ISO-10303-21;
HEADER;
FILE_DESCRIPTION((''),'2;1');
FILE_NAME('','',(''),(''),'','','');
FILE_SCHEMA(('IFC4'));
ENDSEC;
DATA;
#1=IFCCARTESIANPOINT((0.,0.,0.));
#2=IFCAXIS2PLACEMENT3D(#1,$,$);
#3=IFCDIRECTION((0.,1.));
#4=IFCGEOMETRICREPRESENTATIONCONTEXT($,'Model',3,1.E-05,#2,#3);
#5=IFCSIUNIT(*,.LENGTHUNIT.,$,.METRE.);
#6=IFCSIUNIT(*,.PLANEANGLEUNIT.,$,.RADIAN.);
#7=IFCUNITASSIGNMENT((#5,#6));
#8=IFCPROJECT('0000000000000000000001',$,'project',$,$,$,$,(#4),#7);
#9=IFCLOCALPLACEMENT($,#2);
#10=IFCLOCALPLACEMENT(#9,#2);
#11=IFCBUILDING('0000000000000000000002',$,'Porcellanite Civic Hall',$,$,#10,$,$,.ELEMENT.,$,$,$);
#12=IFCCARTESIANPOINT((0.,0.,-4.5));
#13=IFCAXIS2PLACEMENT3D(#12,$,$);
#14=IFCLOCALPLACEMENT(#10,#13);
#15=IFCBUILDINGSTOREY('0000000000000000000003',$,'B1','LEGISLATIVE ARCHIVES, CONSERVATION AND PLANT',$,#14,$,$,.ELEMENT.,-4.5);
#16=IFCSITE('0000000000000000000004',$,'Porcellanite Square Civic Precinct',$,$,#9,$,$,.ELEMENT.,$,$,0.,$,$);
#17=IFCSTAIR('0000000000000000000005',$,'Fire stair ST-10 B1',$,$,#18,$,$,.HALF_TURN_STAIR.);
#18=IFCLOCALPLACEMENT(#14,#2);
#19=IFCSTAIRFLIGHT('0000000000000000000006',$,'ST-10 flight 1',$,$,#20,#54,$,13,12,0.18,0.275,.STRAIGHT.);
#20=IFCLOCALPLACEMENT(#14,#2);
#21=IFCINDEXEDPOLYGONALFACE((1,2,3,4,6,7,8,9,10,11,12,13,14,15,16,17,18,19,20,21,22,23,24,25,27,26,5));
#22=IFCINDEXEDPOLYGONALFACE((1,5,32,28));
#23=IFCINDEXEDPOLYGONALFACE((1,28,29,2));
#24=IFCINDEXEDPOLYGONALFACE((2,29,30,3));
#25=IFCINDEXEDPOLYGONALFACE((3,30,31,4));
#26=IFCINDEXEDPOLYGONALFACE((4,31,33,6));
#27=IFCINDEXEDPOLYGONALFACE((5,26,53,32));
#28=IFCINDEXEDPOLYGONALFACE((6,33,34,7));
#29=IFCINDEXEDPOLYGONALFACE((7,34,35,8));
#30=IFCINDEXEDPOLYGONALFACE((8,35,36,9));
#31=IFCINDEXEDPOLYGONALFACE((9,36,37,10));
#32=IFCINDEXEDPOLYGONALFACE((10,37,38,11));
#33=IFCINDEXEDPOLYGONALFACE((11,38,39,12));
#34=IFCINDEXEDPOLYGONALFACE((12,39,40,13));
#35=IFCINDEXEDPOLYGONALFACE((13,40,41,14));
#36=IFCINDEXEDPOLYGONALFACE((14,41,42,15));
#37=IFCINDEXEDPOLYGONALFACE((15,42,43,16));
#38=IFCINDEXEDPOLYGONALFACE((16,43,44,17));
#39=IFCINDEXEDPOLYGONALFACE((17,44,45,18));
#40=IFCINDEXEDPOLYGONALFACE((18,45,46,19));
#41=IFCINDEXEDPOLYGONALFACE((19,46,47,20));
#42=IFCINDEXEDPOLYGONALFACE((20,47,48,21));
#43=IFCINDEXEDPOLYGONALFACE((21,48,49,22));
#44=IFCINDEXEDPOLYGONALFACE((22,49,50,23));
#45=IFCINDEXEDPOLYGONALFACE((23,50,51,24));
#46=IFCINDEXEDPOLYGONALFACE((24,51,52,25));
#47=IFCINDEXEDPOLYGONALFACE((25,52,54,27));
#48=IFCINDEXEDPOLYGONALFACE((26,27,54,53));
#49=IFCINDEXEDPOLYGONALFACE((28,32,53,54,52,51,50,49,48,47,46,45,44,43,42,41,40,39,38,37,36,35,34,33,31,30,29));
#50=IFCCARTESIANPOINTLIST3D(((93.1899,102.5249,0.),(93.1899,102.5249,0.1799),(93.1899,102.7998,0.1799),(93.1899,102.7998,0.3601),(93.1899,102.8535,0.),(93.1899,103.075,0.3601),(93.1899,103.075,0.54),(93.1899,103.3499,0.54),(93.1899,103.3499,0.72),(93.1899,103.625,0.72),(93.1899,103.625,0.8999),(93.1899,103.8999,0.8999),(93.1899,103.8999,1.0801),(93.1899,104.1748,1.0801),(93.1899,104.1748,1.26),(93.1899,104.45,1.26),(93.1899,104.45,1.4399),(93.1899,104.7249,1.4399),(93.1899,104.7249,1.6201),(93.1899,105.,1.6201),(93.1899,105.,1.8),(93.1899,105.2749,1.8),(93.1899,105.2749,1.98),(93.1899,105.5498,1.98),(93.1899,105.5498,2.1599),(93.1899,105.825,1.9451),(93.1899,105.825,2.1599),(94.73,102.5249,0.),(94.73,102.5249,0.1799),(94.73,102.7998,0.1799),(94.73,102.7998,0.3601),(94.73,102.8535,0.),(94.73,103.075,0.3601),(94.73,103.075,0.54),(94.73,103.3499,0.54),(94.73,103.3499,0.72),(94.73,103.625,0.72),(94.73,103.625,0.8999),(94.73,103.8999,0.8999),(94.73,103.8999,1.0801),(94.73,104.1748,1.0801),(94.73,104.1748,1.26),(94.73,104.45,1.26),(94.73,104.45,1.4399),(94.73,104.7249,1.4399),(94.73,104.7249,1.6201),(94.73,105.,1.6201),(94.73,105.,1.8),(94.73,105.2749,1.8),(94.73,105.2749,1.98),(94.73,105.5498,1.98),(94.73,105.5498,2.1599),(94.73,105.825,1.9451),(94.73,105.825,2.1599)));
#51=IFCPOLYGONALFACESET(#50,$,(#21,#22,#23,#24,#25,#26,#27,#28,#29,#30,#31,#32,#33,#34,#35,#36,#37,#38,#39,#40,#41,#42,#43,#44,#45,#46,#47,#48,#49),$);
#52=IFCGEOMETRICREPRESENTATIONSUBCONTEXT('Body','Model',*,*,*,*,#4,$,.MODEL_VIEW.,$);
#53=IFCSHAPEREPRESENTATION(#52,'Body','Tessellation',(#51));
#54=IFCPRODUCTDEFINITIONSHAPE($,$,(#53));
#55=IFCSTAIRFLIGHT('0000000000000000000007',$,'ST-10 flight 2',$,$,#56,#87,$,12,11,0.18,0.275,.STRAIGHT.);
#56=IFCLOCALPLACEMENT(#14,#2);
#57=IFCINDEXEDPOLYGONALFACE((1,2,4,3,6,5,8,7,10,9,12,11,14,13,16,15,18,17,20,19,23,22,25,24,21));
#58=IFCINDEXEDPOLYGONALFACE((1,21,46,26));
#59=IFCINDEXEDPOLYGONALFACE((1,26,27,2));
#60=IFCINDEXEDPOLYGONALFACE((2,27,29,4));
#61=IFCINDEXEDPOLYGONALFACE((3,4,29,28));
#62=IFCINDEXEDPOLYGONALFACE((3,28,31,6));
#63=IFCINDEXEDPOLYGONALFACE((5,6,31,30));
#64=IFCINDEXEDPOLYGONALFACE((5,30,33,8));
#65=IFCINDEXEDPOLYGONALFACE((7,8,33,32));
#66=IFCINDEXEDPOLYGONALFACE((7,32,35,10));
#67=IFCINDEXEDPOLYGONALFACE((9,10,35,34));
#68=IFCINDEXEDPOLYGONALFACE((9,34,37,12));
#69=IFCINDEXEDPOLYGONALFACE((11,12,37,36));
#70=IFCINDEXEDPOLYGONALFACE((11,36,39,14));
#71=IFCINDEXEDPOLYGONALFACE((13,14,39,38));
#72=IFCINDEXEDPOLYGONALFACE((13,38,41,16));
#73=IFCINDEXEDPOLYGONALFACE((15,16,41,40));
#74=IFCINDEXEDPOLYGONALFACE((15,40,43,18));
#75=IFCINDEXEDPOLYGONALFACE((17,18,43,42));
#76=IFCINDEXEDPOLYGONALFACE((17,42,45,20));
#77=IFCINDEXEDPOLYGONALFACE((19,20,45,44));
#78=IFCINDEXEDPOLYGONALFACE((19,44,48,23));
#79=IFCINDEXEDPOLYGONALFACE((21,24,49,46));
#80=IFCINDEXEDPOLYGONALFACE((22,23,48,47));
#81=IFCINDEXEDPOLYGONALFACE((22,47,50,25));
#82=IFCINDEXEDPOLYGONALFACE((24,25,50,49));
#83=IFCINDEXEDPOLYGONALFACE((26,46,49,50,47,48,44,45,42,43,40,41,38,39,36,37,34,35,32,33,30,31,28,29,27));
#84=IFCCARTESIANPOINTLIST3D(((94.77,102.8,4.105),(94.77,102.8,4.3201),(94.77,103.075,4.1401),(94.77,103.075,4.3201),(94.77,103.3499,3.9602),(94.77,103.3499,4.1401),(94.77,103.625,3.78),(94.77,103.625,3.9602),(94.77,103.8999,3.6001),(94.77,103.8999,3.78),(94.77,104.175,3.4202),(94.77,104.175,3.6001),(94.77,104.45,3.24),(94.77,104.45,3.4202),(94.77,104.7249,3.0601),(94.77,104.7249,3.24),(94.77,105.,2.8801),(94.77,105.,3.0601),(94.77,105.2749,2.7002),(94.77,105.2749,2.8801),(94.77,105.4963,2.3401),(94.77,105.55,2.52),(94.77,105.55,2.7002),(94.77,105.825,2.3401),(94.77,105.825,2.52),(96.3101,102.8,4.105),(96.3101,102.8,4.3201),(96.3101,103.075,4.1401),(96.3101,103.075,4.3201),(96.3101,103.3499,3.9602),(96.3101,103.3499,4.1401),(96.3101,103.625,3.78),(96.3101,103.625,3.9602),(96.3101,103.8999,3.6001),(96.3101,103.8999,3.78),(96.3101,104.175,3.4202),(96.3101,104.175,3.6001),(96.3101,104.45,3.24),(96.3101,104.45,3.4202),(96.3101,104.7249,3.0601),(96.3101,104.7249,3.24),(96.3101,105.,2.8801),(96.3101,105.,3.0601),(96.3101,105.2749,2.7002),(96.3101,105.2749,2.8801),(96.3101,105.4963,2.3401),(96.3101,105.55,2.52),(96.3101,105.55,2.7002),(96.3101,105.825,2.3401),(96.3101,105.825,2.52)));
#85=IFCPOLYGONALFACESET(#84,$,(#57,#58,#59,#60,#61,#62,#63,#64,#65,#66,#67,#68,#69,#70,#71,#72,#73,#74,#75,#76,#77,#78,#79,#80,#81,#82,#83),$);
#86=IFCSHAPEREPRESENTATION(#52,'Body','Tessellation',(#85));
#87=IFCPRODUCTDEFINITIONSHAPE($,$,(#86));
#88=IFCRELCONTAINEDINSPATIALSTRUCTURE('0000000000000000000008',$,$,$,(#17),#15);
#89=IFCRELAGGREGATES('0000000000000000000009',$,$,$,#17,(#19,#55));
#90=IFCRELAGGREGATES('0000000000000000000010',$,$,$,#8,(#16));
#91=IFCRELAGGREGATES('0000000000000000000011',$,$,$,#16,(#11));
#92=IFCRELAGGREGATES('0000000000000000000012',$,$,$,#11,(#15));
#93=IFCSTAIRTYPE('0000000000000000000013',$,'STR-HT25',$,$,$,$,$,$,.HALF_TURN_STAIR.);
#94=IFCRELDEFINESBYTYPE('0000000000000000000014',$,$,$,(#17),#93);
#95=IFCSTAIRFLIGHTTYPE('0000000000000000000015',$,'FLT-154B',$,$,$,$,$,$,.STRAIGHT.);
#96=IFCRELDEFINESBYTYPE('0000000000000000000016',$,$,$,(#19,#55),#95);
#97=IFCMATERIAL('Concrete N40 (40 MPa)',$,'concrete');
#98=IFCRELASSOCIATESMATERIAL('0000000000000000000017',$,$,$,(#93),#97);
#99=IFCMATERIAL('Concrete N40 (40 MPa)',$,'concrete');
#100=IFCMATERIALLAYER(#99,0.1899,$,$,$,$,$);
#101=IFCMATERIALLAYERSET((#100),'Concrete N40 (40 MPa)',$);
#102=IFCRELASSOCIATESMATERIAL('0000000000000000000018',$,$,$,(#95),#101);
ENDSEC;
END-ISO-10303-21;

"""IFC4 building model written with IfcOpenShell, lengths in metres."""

from ifc_helpers import new_model, si_unit, direction, frame, origin, place, context, subcontext, project, spatial, polyline, outline, extrude, material, layer, layer_set, type_object, element, aggregate, save


model = new_model("IFC4")

# Units and contexts
model_context = context("Model", 3, precision=1e-05, world=origin(), true_north=direction((0.0, 1.0)))
body_context = subcontext(model_context, "Body", "Model", "MODEL_VIEW")
ifc_project = project(units=[si_unit("LENGTHUNIT", "METRE"), si_unit("PLANEANGLEUNIT", "RADIAN")], contexts=[model_context])

# Site, building, storey
site_placement = place(None, origin())
site = spatial("IfcSite", under=ifc_project, at=site_placement, Name="Porcellanite Square Civic Precinct", CompositionType="ELEMENT", RefElevation=0.0)
building_placement = place(site_placement, origin())
building = spatial("IfcBuilding", under=site, at=building_placement, Name="Porcellanite Civic Hall", CompositionType="ELEMENT")
storey_placement = place(building_placement, frame((0.0, 0.0, -4.5)))
storey = spatial("IfcBuildingStorey", under=building, at=storey_placement, Name="B1", Description="LEGISLATIVE ARCHIVES, CONSERVATION AND PLANT", CompositionType="ELEMENT", Elevation=-4.5)

# Stair, stair flights
ifc_material_1 = material(Name="Concrete N40 (40 MPa)", Category="concrete")
stair_type = type_object("IfcStairType", Name="STR-HT25", PredefinedType="HALF_TURN_STAIR", material=ifc_material_1)
stair_placement = place(storey_placement, origin())
stair = element("IfcStair", 1, at=stair_placement, inside=storey, type_object=stair_type, Name="Fire stair ST-10 B1", PredefinedType="HALF_TURN_STAIR")
ifc_material_2 = material(Name="Concrete N40 (40 MPa)", Category="concrete")
ifc_layer_1 = layer(ifc_material_2, 0.1899)
ifc_layer_set_1 = layer_set([ifc_layer_1], Name="Concrete N40 (40 MPa)")
stair_flight_type = type_object("IfcStairFlightType", Name="FLT-154B", PredefinedType="STRAIGHT", material=ifc_layer_set_1)
stair_flight_1_placement = place(storey_placement, frame((93.96, 102.5249, 0.0), z_axis=(0.0, 0.0, 1.0), x_axis=(0.0, 1.0, 0.0)))
stair_flight_1 = element("IfcStairFlight", 2, at=stair_flight_1_placement, type_object=stair_flight_type, Name="ST-10 flight 1", NumberOfRisers=13, NumberOfTreads=12, PredefinedType="STRAIGHT", RiserHeight=0.18, TreadLength=0.275, context=body_context, shape_type="SweptSolid", body=[
    extrude(outline(polyline([(0.0, 0.0), (0.0, 0.1799), (0.2749, 0.1799), (0.2749, 0.3601), (0.55, 0.3601), (0.55, 0.54), (0.825, 0.54), (0.825, 0.72), (1.1001, 0.72), (1.1001, 0.8999), (1.375, 0.8999), (1.375, 1.0801), (1.6499, 1.0801), (1.6499, 1.26), (1.925, 1.26), (1.925, 1.4399), (2.2, 1.4399), (2.2, 1.6201), (2.4751, 1.6201), (2.4751, 1.8), (2.75, 1.8), (2.75, 1.98), (3.0249, 1.98), (3.0249, 2.1599), (3.3, 2.1599), (3.3, 2.3401), (3.3, 1.9451), (0.3286, 0.0), (0.0, 0.0)])), frame((0.0, 0.77, 0.0), z_axis=(0.0, -1.0, 0.0), x_axis=(1.0, 0.0, 0.0)), (0.0, 0.0, 1.0), 1.54),
])
stair_flight_2_placement = place(storey_placement, frame((95.54, 105.825, 2.3401), z_axis=(0.0, 0.0, 1.0), x_axis=(0.0, -1.0, 0.0)))
stair_flight_2 = element("IfcStairFlight", 3, at=stair_flight_2_placement, type_object=stair_flight_type, Name="ST-10 flight 2", NumberOfRisers=12, NumberOfTreads=11, PredefinedType="STRAIGHT", RiserHeight=0.18, TreadLength=0.275, context=body_context, shape_type="SweptSolid", body=[
    extrude(outline(polyline([(0.0, 0.0), (0.0, 0.1799), (0.2749, 0.1799), (0.2749, 0.3601), (0.55, 0.3601), (0.55, 0.54), (0.825, 0.54), (0.825, 0.72), (1.1001, 0.72), (1.1001, 0.8999), (1.375, 0.8999), (1.375, 1.0801), (1.6499, 1.0801), (1.6499, 1.26), (1.925, 1.26), (1.925, 1.4399), (2.2, 1.4399), (2.2, 1.6201), (2.4751, 1.6201), (2.4751, 1.8), (2.75, 1.8), (2.75, 1.98), (3.0249, 1.98), (3.0249, 2.1599), (3.0249, 1.7649), (0.3286, 0.0), (0.0, 0.0)])), frame((0.0, 0.77, 0.0), z_axis=(0.0, -1.0, 0.0), x_axis=(1.0, 0.0, 0.0)), (0.0, 0.0, 1.0), 1.54),
])
aggregate(stair, [stair_flight_1, stair_flight_2])

save(model, "model.ifc")
